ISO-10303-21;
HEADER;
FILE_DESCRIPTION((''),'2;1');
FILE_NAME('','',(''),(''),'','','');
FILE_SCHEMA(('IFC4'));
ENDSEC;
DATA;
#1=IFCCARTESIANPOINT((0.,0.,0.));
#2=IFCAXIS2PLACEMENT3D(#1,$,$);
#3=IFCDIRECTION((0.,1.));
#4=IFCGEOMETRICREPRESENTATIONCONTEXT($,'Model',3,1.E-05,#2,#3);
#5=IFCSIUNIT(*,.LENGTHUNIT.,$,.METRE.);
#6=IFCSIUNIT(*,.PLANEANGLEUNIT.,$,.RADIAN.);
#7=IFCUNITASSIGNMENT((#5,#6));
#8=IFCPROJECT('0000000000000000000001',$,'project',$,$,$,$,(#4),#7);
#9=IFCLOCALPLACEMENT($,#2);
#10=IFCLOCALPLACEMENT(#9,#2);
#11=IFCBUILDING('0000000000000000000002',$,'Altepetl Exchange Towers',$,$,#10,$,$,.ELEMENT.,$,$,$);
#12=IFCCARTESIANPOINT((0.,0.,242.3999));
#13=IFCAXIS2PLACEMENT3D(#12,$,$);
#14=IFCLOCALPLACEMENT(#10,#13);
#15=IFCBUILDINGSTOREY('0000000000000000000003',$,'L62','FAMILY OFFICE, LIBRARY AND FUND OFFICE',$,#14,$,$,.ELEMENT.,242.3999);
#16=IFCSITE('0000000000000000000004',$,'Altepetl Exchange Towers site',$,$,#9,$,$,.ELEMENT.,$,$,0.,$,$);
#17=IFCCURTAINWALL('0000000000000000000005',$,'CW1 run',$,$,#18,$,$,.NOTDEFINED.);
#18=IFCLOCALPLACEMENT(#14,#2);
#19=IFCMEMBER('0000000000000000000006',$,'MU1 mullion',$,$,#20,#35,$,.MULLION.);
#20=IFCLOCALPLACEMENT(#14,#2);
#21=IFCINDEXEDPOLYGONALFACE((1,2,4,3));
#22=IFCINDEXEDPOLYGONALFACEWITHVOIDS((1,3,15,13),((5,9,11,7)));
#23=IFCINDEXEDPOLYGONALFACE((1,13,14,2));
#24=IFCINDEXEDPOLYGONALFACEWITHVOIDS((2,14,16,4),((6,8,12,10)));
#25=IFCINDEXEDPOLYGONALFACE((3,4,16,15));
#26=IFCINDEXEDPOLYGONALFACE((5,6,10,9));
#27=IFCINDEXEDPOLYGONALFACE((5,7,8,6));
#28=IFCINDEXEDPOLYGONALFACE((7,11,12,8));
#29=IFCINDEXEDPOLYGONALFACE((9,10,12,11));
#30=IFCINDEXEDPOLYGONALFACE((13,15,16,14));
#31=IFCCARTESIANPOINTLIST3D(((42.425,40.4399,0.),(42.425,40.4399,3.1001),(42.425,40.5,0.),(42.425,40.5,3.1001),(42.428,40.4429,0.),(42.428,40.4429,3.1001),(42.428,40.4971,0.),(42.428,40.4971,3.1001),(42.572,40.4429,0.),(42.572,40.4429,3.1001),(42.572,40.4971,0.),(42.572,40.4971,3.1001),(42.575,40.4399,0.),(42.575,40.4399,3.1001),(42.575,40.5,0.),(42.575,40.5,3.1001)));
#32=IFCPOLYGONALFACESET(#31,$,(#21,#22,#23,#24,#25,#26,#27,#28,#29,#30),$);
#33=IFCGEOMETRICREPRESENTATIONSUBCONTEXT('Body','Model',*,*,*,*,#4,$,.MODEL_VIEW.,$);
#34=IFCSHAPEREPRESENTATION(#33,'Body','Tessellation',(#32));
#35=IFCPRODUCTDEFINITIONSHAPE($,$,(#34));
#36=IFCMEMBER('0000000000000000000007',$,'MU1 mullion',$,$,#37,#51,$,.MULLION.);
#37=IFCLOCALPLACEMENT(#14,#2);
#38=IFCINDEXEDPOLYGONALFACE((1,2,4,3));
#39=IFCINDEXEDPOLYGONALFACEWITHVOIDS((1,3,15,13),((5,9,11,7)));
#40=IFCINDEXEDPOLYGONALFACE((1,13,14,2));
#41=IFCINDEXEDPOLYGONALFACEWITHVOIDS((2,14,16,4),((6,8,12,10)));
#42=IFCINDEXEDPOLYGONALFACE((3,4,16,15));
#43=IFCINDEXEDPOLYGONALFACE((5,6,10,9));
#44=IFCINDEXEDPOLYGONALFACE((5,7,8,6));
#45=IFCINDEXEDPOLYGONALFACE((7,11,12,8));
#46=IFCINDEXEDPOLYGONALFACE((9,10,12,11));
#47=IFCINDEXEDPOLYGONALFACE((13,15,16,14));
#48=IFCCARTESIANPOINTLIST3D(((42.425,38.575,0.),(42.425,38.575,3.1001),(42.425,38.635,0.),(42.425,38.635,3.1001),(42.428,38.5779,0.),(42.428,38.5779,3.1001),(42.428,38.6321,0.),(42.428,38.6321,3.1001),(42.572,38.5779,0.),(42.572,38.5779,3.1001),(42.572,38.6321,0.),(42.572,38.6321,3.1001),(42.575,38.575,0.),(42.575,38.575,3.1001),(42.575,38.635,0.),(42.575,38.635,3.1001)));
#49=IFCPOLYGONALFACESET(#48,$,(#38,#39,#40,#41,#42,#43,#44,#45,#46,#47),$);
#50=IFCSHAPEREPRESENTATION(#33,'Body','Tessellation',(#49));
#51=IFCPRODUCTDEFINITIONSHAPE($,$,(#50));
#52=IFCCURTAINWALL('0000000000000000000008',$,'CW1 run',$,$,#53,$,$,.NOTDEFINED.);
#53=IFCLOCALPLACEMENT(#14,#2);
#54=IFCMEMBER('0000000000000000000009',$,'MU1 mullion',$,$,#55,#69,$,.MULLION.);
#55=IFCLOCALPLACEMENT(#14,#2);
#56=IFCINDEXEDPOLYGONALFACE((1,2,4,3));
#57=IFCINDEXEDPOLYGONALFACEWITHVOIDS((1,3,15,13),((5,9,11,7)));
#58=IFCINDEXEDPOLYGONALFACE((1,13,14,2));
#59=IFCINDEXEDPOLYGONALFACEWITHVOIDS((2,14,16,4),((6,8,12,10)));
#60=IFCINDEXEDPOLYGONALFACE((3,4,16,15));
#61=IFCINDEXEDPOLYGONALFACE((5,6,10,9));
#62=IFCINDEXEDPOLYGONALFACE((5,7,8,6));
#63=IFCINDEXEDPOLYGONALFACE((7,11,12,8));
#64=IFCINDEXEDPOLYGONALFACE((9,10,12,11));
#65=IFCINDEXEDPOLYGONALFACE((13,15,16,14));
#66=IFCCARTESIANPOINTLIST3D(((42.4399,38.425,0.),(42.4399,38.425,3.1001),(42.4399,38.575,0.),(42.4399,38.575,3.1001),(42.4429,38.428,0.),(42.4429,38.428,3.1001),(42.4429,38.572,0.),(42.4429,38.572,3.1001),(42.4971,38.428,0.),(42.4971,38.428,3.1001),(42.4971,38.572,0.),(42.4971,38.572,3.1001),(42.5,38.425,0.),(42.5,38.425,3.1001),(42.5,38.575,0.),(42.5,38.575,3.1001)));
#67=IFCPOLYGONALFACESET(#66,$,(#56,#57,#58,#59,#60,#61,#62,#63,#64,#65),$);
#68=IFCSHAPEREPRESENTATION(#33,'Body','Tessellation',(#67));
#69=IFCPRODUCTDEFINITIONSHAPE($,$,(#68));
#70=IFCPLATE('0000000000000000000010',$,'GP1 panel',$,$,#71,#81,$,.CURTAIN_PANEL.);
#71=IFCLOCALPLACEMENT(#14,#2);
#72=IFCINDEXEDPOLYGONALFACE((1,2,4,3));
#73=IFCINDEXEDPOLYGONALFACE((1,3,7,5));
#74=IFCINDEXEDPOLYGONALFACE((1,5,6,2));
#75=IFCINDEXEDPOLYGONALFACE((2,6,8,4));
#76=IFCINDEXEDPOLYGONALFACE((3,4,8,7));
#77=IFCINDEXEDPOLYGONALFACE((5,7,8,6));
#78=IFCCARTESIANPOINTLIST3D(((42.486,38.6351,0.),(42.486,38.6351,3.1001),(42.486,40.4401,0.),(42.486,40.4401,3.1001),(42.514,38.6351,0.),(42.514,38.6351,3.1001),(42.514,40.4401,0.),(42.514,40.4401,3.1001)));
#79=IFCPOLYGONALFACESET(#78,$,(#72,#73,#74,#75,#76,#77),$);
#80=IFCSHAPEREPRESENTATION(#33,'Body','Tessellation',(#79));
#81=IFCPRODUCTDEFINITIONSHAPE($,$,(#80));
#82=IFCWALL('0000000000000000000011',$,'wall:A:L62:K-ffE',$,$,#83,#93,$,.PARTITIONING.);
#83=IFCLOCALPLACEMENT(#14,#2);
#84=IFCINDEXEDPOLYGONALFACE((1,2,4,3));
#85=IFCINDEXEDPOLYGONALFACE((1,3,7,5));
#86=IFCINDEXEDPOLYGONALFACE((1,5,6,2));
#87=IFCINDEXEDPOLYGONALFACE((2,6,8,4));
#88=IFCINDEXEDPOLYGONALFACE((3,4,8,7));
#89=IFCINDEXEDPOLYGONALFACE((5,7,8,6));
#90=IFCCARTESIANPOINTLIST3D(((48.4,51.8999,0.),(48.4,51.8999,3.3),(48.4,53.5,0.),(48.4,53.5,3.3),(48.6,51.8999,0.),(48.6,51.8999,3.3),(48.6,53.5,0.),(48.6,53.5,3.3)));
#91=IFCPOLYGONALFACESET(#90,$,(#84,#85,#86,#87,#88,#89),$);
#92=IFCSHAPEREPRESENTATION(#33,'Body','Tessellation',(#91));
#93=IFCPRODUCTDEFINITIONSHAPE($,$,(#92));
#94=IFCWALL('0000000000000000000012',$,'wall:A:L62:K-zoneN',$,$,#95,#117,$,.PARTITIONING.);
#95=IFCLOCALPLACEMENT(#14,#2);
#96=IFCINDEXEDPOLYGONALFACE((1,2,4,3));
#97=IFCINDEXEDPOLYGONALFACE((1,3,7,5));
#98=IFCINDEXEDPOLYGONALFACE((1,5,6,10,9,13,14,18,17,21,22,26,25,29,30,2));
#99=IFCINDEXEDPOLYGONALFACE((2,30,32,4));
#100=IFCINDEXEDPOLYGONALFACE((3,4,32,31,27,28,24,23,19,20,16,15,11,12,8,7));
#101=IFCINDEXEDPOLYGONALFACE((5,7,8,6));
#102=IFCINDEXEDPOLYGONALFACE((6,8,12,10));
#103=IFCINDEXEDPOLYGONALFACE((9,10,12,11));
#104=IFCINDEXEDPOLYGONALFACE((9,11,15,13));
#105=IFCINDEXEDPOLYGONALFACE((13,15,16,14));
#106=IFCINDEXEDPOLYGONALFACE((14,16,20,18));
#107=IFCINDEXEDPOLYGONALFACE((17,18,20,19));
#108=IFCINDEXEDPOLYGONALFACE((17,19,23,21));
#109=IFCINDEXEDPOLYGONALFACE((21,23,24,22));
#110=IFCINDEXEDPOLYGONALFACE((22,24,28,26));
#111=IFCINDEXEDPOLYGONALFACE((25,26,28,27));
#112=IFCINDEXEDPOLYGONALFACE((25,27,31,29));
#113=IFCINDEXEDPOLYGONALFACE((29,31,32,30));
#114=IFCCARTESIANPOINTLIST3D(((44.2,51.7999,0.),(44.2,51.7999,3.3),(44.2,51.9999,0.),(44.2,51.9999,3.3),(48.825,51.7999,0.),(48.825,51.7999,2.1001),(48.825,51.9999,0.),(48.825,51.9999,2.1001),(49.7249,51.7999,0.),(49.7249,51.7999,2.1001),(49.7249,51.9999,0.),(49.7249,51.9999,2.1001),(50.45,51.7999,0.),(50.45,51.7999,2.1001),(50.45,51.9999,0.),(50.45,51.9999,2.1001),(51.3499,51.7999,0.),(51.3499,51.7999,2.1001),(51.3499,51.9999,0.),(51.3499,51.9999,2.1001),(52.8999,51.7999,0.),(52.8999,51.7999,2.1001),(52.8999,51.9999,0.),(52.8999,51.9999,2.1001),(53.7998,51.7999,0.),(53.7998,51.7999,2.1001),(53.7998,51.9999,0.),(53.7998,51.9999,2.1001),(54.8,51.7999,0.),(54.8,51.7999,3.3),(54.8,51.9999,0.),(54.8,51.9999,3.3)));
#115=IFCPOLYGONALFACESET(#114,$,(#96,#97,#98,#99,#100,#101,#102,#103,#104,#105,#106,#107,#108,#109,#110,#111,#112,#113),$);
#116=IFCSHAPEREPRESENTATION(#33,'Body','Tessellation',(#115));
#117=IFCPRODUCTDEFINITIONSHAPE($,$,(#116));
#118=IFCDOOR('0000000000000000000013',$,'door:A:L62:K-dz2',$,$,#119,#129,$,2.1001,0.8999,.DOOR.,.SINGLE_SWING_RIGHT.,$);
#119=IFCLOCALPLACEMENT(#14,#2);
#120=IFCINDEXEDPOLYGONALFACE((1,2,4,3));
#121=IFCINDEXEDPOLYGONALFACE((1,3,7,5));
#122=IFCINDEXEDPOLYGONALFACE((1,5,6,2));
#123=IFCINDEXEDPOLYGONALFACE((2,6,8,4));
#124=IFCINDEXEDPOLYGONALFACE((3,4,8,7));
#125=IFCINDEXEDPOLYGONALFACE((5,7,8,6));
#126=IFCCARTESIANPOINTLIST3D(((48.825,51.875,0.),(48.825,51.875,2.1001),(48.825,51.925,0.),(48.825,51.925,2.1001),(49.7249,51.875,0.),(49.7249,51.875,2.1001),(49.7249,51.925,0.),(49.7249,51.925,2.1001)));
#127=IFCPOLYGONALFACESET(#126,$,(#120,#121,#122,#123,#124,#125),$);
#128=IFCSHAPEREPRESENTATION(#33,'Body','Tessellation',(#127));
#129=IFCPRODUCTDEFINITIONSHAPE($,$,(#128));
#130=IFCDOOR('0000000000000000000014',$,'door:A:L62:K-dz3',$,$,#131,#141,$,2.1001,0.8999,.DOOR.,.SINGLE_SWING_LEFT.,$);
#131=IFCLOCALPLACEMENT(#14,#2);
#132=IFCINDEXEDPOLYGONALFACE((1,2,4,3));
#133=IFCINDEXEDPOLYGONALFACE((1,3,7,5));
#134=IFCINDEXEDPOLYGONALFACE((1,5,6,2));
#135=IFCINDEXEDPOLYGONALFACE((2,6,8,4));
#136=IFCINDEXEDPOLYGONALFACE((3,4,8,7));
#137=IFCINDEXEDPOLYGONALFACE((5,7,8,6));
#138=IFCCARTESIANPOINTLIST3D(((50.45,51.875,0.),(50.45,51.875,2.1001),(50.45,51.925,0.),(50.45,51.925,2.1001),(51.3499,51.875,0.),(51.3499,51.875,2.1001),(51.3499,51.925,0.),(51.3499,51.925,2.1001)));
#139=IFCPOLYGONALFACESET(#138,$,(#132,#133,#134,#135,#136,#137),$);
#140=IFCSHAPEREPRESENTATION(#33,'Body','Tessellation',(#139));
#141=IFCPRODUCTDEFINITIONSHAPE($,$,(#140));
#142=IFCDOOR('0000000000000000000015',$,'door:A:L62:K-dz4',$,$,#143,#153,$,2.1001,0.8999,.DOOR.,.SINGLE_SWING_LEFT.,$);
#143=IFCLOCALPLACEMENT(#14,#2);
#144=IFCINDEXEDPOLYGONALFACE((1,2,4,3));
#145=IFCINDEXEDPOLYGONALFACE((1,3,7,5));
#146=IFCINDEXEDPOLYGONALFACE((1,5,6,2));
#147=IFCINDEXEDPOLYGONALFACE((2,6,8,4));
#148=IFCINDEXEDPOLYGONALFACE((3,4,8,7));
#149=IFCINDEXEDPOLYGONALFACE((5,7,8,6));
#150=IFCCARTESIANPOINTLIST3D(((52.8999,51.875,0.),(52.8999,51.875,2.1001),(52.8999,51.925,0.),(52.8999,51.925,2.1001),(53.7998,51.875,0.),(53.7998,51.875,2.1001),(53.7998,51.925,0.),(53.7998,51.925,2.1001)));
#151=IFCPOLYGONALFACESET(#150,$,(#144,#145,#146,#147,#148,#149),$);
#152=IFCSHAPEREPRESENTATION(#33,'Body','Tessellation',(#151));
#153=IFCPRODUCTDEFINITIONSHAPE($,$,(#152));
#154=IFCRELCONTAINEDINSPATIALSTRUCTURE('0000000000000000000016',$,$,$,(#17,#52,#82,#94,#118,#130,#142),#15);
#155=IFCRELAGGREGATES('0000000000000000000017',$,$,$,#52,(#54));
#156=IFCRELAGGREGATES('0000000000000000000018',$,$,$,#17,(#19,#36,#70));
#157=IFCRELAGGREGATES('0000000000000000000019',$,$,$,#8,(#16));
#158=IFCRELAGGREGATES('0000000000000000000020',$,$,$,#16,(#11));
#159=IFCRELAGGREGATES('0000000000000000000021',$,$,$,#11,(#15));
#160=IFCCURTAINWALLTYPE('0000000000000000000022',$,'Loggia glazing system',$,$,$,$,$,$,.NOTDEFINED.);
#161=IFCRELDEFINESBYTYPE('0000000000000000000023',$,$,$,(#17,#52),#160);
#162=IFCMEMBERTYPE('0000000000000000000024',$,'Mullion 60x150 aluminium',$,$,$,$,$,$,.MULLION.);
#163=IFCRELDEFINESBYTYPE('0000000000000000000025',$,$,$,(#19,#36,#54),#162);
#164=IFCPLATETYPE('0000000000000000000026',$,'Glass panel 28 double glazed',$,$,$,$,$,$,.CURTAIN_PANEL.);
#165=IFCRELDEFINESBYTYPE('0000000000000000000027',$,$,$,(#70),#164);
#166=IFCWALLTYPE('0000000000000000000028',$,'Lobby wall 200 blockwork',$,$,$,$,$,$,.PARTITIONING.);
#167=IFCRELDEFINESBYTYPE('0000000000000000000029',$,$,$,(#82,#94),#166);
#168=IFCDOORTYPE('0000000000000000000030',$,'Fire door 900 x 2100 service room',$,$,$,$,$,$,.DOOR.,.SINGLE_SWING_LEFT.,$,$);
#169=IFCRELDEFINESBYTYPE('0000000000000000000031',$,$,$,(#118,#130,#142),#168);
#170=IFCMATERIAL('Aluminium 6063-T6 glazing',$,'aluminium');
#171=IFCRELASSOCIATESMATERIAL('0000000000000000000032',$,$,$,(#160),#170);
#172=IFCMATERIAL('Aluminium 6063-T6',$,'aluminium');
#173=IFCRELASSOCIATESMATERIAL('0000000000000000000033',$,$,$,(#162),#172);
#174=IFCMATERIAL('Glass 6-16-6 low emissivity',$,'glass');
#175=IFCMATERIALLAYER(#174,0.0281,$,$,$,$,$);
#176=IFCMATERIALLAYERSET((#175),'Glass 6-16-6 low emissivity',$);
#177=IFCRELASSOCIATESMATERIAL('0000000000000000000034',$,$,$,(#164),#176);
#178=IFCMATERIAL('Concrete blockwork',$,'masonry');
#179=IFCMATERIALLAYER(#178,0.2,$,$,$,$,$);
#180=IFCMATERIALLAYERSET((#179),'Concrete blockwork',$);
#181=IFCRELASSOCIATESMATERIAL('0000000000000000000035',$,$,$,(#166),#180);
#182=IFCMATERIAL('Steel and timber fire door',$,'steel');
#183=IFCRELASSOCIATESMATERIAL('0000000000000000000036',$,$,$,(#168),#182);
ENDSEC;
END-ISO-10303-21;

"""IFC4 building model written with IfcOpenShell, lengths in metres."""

from ifc_helpers import new_model, si_unit, direction, frame, frame_2d, origin, origin_2d, place, context, subcontext, project, spatial, rectangle, hollow_rectangle, extrude, material, layer, layer_set, material_profile, profile_set, type_object, element, fill, aggregate, save


model = new_model("IFC4")

# Units and contexts
model_context = context("Model", 3, precision=1e-05, world=origin(), true_north=direction((0.0, 1.0)))
body_context = subcontext(model_context, "Body", "Model", "MODEL_VIEW")
ifc_project = project(units=[si_unit("LENGTHUNIT", "METRE"), si_unit("PLANEANGLEUNIT", "RADIAN")], contexts=[model_context])

# Site, building, storey
site_placement = place(None, origin())
site = spatial("IfcSite", under=ifc_project, at=site_placement, Name="Altepetl Exchange Towers site", CompositionType="ELEMENT", RefElevation=0.0)
building_placement = place(site_placement, origin())
building = spatial("IfcBuilding", under=site, at=building_placement, Name="Altepetl Exchange Towers", CompositionType="ELEMENT")
storey_placement = place(building_placement, frame((0.0, 0.0, 242.3999)))
storey = spatial("IfcBuildingStorey", under=building, at=storey_placement, Name="L62", Description="FAMILY OFFICE, LIBRARY AND FUND OFFICE", CompositionType="ELEMENT", Elevation=242.3999)

# Curtain wall, members
ifc_material_1 = material(Name="Aluminium 6063-T6 glazing", Category="aluminium")
curtain_wall_type = type_object("IfcCurtainWallType", Name="Loggia glazing system", PredefinedType="NOTDEFINED", material=ifc_material_1)
curtain_wall_1_placement = place(storey_placement, origin())
curtain_wall_1 = element("IfcCurtainWall", 1, at=curtain_wall_1_placement, inside=storey, type_object=curtain_wall_type, Name="CW1 run", PredefinedType="NOTDEFINED")
ifc_material_2 = material(Name="Aluminium 6063-T6", Category="aluminium")
ifc_material_profile = material_profile(ifc_material_2, hollow_rectangle(XDim=0.0601, YDim=0.1499, WallThickness=0.0029, at=origin_2d()), Name="Mullion 60x150 aluminium")
ifc_profile_set = profile_set([ifc_material_profile], Name="Aluminium 6063-T6")
member_type = type_object("IfcMemberType", Name="Mullion 60x150 aluminium", PredefinedType="MULLION", material=ifc_profile_set)
member_1_placement = place(storey_placement, frame((42.5, 40.47, 0.0), z_axis=(0.0, 0.0, 1.0), x_axis=(0.0, -1.0, 0.0)))
member_1 = element("IfcMember", 2, at=member_1_placement, type_object=member_type, Name="MU1 mullion", PredefinedType="MULLION", context=body_context, shape_type="SweptSolid", body=[
    extrude(hollow_rectangle(XDim=0.0601, YDim=0.1499, WallThickness=0.0029, at=origin_2d()), origin(), (0.0, 0.0, 1.0), 3.1001),
])
member_2_placement = place(storey_placement, frame((42.5, 38.605, 0.0), z_axis=(0.0, 0.0, 1.0), x_axis=(0.0, -1.0, 0.0)))
member_2 = element("IfcMember", 3, at=member_2_placement, type_object=member_type, Name="MU1 mullion", PredefinedType="MULLION", context=body_context, shape_type="SweptSolid", body=[
    extrude(hollow_rectangle(XDim=0.0601, YDim=0.1499, WallThickness=0.0029, at=origin_2d()), origin(), (0.0, 0.0, 1.0), 3.1001),
])

# Curtain wall, member
curtain_wall_2_placement = place(storey_placement, origin())
curtain_wall_2 = element("IfcCurtainWall", 4, at=curtain_wall_2_placement, inside=storey, type_object=curtain_wall_type, Name="CW1 run", PredefinedType="NOTDEFINED")
member_3_placement = place(storey_placement, frame((42.47, 38.5, 0.0), z_axis=(0.0, 0.0, 1.0), x_axis=(-1.0, 0.0, 0.0)))
member_3 = element("IfcMember", 5, at=member_3_placement, type_object=member_type, Name="MU1 mullion", PredefinedType="MULLION", context=body_context, shape_type="SweptSolid", body=[
    extrude(hollow_rectangle(XDim=0.0601, YDim=0.1499, WallThickness=0.0029, at=origin_2d()), origin(), (0.0, 0.0, 1.0), 3.1001),
])
aggregate(curtain_wall_2, [member_3])

# Plate
ifc_material_3 = material(Name="Glass 6-16-6 low emissivity", Category="glass")
ifc_layer_1 = layer(ifc_material_3, 0.0281)
ifc_layer_set_1 = layer_set([ifc_layer_1], Name="Glass 6-16-6 low emissivity")
plate_type = type_object("IfcPlateType", Name="Glass panel 28 double glazed", PredefinedType="CURTAIN_PANEL", material=ifc_layer_set_1)
plate_placement = place(storey_placement, frame((42.5, 39.5376, 0.0), z_axis=(0.0, 0.0, 1.0), x_axis=(0.0, -1.0, 0.0)))
plate = element("IfcPlate", 6, at=plate_placement, type_object=plate_type, Name="GP1 panel", PredefinedType="CURTAIN_PANEL", context=body_context, shape_type="SweptSolid", body=[
    extrude(rectangle(XDim=1.8049, YDim=0.0281, at=origin_2d()), origin(), (0.0, 0.0, 1.0), 3.1001),
])
aggregate(curtain_wall_1, [member_1, member_2, plate])

# Wall
ifc_material_4 = material(Name="Concrete blockwork", Category="masonry")
ifc_layer_2 = layer(ifc_material_4, 0.2)
ifc_layer_set_2 = layer_set([ifc_layer_2], Name="Concrete blockwork")
wall_type_1 = type_object("IfcWallType", Name="Lobby wall 200 blockwork", PredefinedType="PARTITIONING", material=ifc_layer_set_2)
wall_1_placement = place(storey_placement, frame((48.5, 51.8999, 0.0), z_axis=(0.0, 0.0, 1.0), x_axis=(0.0, 1.0, 0.0)))
element("IfcWall", 7, at=wall_1_placement, inside=storey, type_object=wall_type_1, Name="wall:A:L62:K-ffE", PredefinedType="PARTITIONING", context=body_context, shape_type="SweptSolid", body=[
    extrude(rectangle(XDim=1.6001, YDim=0.2, at=frame_2d((0.8, 0.0))), origin(), (0.0, 0.0, 1.0), 3.3),
])

# Wall, openings, doors
wall_2_placement = place(storey_placement, frame((44.2, 51.8999, 0.0)))
wall_2 = element("IfcWall", 8, at=wall_2_placement, inside=storey, type_object=wall_type_1, Name="wall:A:L62:K-zoneN", PredefinedType="PARTITIONING", context=body_context, shape_type="SweptSolid", body=[
    extrude(rectangle(XDim=10.6001, YDim=0.2, at=frame_2d((5.3, 0.0))), origin(), (0.0, 0.0, 1.0), 3.3),
])
opening_1_placement = place(wall_2_placement, frame((4.625, 0.0, 0.0)))
opening_1 = element("IfcOpeningElement", 9, at=opening_1_placement, cuts=wall_2, PredefinedType="OPENING", context=body_context, shape_type="SweptSolid", body=[
    extrude(rectangle(XDim=0.8999, YDim=2.1001, at=frame_2d((0.45, 1.05))), frame((0.0, 0.1099, 0.0), z_axis=(0.0, -1.0, 0.0), x_axis=(1.0, 0.0, 0.0)), (0.0, 0.0, 1.0), 0.22),
])
opening_2_placement = place(wall_2_placement, frame((6.25, 0.0, 0.0)))
opening_2 = element("IfcOpeningElement", 10, at=opening_2_placement, cuts=wall_2, PredefinedType="OPENING", context=body_context, shape_type="SweptSolid", body=[
    extrude(rectangle(XDim=0.8999, YDim=2.1001, at=frame_2d((0.45, 1.05))), frame((0.0, 0.1099, 0.0), z_axis=(0.0, -1.0, 0.0), x_axis=(1.0, 0.0, 0.0)), (0.0, 0.0, 1.0), 0.22),
])
opening_3_placement = place(wall_2_placement, frame((8.7, 0.0, 0.0)))
opening_3 = element("IfcOpeningElement", 11, at=opening_3_placement, cuts=wall_2, PredefinedType="OPENING", context=body_context, shape_type="SweptSolid", body=[
    extrude(rectangle(XDim=0.8999, YDim=2.1001, at=frame_2d((0.45, 1.05))), frame((0.0, 0.1099, 0.0), z_axis=(0.0, -1.0, 0.0), x_axis=(1.0, 0.0, 0.0)), (0.0, 0.0, 1.0), 0.22),
])
ifc_material_5 = material(Name="Steel and timber fire door", Category="steel")
door_type_1 = type_object("IfcDoorType", Name="Fire door 900 x 2100 service room", OperationType="SINGLE_SWING_LEFT", PredefinedType="DOOR", material=ifc_material_5)
door_1_placement = place(opening_1_placement, frame((0.8999, 0.0, 0.0), x_axis=(-1.0, 0.0, 0.0)))
door_1 = element("IfcDoor", 12, at=door_1_placement, inside=storey, type_object=door_type_1, Name="door:A:L62:K-dz2", OperationType="SINGLE_SWING_RIGHT", OverallHeight=2.1001, OverallWidth=0.8999, PredefinedType="DOOR", context=body_context, shape_type="SweptSolid", body=[
    extrude(rectangle(XDim=0.8999, YDim=2.1001, at=frame_2d((0.45, 1.05))), frame((0.0, 0.0249, 0.0), z_axis=(0.0, -1.0, 0.0), x_axis=(1.0, 0.0, 0.0)), (0.0, 0.0, 1.0), 0.05),
])
fill(opening_1, door_1)
door_2_placement = place(opening_2_placement, frame((0.8999, 0.0, 0.0), x_axis=(-1.0, 0.0, 0.0)))
door_2 = element("IfcDoor", 13, at=door_2_placement, inside=storey, type_object=door_type_1, Name="door:A:L62:K-dz3", OperationType="SINGLE_SWING_LEFT", OverallHeight=2.1001, OverallWidth=0.8999, PredefinedType="DOOR", context=body_context, shape_type="SweptSolid", body=[
    extrude(rectangle(XDim=0.8999, YDim=2.1001, at=frame_2d((0.45, 1.05))), frame((0.0, 0.0249, 0.0), z_axis=(0.0, -1.0, 0.0), x_axis=(1.0, 0.0, 0.0)), (0.0, 0.0, 1.0), 0.05),
])
fill(opening_2, door_2)
door_3_placement = place(opening_3_placement, frame((0.8999, 0.0, 0.0), x_axis=(-1.0, 0.0, 0.0)))
door_3 = element("IfcDoor", 14, at=door_3_placement, inside=storey, type_object=door_type_1, Name="door:A:L62:K-dz4", OperationType="SINGLE_SWING_LEFT", OverallHeight=2.1001, OverallWidth=0.8999, PredefinedType="DOOR", context=body_context, shape_type="SweptSolid", body=[
    extrude(rectangle(XDim=0.8999, YDim=2.1001, at=frame_2d((0.45, 1.05))), frame((0.0, 0.0249, 0.0), z_axis=(0.0, -1.0, 0.0), x_axis=(1.0, 0.0, 0.0)), (0.0, 0.0, 1.0), 0.05),
])
fill(opening_3, door_3)

save(model, "model.ifc")
